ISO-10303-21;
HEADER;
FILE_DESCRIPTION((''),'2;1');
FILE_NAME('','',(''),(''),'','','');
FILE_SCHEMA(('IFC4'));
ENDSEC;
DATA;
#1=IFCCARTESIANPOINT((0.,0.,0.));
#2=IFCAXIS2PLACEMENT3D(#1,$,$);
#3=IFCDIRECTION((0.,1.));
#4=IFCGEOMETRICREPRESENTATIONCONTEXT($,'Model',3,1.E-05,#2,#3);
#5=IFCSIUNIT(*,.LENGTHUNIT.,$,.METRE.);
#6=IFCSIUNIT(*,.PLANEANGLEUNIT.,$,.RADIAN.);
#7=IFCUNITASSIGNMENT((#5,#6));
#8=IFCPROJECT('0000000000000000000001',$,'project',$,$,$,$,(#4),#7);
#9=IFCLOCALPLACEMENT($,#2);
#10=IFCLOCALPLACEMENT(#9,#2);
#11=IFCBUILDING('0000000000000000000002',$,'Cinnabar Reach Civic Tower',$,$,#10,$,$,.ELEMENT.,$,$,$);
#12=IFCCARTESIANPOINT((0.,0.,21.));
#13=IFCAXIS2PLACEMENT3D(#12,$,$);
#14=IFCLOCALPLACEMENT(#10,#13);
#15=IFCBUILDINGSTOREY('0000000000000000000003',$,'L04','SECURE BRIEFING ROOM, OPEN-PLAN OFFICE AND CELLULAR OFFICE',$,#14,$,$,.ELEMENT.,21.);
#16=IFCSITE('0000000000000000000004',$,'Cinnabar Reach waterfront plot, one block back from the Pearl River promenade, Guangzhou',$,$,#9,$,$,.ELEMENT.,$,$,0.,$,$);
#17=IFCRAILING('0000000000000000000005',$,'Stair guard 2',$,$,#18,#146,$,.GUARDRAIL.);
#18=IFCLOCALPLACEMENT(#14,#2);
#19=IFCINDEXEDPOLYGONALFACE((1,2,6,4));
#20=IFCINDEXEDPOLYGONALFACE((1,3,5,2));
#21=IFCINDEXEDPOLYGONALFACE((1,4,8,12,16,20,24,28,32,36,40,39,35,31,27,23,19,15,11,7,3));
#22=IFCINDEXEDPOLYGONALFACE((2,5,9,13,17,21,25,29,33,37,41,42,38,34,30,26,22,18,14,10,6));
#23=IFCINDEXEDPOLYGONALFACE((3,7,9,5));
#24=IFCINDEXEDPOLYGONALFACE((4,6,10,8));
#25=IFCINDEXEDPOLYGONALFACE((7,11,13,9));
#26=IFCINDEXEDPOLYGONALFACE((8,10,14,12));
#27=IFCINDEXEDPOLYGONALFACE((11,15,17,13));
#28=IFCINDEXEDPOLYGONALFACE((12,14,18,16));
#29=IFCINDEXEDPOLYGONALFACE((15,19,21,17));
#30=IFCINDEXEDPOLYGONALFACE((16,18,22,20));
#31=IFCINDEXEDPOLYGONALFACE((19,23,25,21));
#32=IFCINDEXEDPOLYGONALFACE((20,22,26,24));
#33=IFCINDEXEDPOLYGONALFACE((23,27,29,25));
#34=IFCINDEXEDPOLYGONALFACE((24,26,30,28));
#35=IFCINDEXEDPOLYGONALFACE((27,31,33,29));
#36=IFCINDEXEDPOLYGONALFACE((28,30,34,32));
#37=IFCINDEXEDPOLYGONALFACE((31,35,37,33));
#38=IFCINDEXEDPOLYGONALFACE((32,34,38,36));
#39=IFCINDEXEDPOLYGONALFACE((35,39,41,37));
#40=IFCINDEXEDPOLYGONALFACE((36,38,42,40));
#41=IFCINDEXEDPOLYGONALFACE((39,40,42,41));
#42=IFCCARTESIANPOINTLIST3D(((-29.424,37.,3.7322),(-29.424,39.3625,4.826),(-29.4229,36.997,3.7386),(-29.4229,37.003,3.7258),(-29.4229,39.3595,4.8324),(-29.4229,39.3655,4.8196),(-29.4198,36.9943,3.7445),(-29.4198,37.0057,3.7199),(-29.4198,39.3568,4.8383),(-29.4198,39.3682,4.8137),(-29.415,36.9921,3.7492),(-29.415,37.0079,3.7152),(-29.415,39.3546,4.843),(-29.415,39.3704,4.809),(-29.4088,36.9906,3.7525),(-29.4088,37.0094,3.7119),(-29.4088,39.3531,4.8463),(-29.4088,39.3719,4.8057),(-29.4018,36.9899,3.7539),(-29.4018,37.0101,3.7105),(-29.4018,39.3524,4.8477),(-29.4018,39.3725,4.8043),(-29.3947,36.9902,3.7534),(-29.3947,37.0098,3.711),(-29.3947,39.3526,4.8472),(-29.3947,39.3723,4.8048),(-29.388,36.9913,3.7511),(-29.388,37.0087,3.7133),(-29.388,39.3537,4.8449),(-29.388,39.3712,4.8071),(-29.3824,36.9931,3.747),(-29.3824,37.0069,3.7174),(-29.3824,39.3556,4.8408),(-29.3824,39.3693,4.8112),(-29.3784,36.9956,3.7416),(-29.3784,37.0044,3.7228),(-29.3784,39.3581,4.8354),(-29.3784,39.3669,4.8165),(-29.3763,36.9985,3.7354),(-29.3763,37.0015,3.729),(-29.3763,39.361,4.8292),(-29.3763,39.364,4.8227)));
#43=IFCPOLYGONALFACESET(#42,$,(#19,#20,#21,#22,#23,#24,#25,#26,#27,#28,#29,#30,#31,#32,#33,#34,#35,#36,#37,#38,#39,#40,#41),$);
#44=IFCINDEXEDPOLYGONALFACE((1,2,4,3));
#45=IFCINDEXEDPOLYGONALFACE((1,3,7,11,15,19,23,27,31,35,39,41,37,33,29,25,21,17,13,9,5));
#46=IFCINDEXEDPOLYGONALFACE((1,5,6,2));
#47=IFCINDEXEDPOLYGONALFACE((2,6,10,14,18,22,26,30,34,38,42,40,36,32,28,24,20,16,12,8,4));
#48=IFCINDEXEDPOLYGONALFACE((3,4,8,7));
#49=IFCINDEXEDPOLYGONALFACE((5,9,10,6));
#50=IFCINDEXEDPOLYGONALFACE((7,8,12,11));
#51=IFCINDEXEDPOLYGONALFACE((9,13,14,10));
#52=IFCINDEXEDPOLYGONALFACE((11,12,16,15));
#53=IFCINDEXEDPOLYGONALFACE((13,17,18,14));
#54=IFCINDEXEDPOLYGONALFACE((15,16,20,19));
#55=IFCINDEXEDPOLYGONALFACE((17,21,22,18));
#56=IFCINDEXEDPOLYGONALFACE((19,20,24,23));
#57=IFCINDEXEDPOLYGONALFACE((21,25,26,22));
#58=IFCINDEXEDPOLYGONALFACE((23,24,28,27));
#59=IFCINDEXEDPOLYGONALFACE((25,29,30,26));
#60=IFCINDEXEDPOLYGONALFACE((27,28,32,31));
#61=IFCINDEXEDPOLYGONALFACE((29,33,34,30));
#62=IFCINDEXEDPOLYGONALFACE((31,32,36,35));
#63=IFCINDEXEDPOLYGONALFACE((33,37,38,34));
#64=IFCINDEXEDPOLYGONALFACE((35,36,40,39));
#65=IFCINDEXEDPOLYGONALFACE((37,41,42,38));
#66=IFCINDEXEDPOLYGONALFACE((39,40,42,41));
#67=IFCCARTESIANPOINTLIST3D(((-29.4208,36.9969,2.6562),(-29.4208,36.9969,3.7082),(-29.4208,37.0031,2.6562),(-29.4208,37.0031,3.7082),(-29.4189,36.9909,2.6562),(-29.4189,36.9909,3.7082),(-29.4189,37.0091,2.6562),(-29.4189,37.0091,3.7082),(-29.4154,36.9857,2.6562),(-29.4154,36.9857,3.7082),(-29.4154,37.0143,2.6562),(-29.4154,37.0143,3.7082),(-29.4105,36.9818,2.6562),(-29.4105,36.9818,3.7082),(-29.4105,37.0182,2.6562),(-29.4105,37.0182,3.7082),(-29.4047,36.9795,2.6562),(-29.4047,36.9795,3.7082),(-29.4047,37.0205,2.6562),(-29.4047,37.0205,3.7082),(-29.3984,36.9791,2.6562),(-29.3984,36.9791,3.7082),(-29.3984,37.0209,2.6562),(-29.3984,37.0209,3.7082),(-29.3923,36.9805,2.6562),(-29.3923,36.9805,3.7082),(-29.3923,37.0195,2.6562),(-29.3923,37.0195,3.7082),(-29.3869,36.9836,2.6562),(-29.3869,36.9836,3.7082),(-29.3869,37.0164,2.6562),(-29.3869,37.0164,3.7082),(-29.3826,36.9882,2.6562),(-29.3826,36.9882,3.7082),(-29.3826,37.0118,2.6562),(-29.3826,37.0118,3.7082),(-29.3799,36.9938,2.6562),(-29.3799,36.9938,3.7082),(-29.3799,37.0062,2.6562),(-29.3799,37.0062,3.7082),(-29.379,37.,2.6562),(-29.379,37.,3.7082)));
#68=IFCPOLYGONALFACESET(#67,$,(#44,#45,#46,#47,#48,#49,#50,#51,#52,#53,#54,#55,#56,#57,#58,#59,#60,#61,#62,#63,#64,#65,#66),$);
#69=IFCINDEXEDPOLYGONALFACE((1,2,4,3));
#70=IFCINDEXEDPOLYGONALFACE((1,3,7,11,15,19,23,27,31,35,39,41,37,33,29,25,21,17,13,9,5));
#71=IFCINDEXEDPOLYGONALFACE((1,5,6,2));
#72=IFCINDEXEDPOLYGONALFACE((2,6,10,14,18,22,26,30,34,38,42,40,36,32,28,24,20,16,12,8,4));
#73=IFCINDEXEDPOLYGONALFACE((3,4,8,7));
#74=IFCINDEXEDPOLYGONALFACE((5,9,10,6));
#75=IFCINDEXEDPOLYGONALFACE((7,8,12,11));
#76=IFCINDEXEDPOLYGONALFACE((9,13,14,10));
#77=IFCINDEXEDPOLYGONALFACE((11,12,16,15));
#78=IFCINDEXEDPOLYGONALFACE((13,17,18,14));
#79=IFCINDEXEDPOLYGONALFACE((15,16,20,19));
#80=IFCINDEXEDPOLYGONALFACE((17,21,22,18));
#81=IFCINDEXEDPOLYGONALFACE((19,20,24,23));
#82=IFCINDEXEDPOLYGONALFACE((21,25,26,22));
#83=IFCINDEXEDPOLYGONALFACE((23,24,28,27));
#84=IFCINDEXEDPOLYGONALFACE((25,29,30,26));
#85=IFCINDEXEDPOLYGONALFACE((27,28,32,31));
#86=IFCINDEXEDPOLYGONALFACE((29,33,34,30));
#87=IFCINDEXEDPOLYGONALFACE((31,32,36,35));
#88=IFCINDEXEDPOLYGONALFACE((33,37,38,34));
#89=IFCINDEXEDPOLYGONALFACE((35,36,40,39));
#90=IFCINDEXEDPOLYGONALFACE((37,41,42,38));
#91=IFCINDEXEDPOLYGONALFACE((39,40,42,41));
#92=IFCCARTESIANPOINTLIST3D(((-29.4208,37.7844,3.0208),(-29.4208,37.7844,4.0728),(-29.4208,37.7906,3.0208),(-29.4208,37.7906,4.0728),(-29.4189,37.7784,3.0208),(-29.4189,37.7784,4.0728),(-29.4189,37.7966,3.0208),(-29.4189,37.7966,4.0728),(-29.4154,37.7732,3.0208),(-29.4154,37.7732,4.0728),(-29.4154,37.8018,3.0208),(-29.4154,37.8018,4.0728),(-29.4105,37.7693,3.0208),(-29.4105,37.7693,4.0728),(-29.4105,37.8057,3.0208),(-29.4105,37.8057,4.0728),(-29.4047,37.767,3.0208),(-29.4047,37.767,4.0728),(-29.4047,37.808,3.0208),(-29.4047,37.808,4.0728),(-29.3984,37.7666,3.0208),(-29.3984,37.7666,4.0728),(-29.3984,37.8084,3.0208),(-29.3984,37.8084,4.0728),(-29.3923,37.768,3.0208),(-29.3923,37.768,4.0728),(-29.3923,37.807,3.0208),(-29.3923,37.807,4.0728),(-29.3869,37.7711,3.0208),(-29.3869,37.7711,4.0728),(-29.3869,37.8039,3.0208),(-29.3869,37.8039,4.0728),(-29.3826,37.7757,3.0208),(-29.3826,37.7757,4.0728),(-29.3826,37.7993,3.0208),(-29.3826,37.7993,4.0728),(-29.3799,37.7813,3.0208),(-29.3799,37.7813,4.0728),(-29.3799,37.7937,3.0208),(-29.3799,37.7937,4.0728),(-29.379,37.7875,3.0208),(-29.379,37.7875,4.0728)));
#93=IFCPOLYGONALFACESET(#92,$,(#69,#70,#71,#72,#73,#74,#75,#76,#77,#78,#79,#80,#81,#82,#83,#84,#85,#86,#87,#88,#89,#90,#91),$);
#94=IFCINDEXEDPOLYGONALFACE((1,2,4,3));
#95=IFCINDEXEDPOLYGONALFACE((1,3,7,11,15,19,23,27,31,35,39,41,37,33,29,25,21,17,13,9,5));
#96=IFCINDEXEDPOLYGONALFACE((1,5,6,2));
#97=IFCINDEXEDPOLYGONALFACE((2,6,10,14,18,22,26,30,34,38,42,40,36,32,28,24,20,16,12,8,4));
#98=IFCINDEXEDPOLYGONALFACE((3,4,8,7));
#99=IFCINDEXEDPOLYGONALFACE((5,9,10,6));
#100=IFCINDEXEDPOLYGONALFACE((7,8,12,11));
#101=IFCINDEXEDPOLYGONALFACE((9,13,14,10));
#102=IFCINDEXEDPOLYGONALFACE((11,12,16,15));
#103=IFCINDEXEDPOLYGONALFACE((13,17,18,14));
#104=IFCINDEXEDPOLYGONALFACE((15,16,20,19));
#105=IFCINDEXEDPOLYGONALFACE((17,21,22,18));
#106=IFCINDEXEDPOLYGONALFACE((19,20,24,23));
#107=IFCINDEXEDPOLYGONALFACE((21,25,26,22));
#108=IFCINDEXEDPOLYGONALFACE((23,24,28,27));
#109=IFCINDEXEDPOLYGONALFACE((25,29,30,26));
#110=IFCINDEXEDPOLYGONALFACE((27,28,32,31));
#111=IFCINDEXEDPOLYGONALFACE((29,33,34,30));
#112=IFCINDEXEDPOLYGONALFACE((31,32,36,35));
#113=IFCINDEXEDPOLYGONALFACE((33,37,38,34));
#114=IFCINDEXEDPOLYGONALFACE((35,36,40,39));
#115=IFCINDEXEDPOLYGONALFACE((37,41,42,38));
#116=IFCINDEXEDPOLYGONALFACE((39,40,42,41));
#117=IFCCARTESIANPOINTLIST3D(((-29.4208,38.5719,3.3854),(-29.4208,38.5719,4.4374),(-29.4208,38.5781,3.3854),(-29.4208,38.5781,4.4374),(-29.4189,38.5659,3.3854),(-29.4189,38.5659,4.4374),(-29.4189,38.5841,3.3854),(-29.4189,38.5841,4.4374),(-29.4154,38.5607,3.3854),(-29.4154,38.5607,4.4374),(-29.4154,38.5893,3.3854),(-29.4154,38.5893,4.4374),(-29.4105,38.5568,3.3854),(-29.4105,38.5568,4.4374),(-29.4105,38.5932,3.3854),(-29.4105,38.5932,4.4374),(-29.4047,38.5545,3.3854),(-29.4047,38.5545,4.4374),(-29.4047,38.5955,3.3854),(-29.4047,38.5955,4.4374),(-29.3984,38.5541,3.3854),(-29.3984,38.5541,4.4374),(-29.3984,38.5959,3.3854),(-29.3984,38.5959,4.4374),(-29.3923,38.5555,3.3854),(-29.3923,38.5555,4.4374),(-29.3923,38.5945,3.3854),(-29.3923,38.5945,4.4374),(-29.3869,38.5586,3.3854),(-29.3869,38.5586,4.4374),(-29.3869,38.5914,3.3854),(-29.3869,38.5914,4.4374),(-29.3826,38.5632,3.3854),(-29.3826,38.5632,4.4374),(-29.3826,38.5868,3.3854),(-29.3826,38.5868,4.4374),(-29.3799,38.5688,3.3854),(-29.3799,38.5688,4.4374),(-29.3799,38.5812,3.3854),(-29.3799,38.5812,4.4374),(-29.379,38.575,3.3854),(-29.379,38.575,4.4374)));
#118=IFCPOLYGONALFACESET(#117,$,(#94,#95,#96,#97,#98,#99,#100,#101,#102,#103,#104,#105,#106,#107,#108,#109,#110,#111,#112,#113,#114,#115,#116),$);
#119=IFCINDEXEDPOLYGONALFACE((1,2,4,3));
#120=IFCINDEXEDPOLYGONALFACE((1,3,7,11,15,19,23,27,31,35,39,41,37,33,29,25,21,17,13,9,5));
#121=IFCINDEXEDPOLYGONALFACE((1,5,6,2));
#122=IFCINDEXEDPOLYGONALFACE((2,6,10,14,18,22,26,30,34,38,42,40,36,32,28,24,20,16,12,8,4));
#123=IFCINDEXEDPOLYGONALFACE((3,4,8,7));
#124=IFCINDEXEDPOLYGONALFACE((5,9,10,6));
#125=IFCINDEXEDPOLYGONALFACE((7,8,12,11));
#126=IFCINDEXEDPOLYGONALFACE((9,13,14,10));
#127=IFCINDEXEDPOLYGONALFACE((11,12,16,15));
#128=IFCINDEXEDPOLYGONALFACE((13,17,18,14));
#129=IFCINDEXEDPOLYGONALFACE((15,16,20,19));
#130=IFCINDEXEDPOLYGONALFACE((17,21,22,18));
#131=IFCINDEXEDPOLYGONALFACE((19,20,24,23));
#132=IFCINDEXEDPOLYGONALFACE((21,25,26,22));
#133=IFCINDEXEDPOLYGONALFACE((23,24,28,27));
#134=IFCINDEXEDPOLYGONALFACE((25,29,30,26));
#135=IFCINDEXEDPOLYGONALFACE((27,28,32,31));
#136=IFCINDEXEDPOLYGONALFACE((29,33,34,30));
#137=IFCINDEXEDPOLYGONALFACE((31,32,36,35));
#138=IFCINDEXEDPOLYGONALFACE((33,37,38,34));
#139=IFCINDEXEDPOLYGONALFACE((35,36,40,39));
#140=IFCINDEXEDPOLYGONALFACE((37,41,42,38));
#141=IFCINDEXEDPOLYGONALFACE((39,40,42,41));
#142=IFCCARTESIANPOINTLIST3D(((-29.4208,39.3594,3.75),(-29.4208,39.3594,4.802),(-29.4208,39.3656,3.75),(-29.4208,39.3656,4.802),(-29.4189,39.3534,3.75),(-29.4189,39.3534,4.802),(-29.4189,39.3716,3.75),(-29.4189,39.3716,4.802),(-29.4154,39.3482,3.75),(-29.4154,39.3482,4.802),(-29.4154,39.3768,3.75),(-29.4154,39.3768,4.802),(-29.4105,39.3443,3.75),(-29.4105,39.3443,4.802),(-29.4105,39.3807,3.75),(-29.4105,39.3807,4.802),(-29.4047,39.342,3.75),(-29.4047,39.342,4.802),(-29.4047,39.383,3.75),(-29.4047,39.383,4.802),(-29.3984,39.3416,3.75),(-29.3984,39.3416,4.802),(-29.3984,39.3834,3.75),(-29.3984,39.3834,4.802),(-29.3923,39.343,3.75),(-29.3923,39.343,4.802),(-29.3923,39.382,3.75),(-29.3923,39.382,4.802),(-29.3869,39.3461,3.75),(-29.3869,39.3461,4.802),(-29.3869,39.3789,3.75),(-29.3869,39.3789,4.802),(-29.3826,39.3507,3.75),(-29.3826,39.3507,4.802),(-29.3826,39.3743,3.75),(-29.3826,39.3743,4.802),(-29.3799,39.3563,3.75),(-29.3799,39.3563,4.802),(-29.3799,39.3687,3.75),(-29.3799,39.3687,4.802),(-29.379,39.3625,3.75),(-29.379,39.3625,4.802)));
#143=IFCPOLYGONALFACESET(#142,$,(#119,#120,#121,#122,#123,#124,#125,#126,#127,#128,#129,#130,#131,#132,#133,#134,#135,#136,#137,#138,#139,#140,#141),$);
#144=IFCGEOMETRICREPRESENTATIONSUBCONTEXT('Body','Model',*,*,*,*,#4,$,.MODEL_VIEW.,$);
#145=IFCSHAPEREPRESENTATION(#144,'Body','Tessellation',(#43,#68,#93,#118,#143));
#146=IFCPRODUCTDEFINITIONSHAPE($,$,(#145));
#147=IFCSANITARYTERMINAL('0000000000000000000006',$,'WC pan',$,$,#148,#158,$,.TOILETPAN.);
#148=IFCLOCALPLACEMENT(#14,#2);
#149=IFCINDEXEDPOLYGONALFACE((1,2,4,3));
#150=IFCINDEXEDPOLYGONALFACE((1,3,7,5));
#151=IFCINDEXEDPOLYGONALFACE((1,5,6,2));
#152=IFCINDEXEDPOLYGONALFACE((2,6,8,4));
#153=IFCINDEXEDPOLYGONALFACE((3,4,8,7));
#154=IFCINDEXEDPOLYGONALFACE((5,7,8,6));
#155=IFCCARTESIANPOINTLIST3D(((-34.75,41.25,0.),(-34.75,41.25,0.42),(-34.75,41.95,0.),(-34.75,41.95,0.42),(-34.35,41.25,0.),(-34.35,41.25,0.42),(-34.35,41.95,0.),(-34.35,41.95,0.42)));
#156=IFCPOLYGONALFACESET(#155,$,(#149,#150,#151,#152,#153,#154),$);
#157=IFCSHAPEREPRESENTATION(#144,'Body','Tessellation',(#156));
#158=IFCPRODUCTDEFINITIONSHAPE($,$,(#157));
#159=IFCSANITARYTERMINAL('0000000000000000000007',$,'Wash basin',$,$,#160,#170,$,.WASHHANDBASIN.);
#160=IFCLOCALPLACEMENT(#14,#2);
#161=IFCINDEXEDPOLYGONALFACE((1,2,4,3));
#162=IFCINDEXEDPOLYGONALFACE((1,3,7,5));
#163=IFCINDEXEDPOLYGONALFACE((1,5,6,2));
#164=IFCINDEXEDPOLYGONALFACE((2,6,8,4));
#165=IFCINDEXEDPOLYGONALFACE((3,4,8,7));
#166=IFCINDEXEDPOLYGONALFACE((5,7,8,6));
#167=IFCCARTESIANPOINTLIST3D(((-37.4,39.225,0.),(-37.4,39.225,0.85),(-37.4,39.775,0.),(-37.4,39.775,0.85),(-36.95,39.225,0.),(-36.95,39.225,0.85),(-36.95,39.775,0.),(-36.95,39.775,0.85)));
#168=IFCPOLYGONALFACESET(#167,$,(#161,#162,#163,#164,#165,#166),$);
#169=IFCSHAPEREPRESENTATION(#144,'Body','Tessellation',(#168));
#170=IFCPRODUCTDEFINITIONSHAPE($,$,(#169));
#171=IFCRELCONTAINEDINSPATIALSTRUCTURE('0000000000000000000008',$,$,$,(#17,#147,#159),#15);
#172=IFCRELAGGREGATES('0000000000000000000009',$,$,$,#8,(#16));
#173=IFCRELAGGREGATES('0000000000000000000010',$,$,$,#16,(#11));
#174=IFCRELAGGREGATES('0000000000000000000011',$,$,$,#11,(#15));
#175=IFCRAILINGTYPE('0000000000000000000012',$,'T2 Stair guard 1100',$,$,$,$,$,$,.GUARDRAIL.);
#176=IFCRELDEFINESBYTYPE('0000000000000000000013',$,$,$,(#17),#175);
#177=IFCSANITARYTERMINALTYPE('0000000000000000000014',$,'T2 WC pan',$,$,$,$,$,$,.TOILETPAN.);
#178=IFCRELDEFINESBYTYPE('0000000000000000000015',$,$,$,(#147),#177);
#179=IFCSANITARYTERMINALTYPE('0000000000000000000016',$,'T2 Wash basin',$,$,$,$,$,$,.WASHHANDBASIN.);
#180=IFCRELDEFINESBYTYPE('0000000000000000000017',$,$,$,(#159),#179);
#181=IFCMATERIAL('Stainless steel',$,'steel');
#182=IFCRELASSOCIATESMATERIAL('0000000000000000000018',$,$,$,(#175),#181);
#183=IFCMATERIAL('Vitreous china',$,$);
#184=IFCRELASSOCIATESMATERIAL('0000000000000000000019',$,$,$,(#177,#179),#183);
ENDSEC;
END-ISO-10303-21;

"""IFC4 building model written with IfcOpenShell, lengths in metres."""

from ifc_helpers import new_model, si_unit, direction, frame, origin, origin_2d, place, context, subcontext, project, spatial, rectangle, circle, extrude, material, type_object, element, save


model = new_model("IFC4")

# Units and contexts
model_context = context("Model", 3, precision=1e-05, world=origin(), true_north=direction((0.0, 1.0)))
body_context = subcontext(model_context, "Body", "Model", "MODEL_VIEW")
ifc_project = project(units=[si_unit("LENGTHUNIT", "METRE"), si_unit("PLANEANGLEUNIT", "RADIAN")], contexts=[model_context])

# Site, building, storey
site_placement = place(None, origin())
site = spatial("IfcSite", under=ifc_project, at=site_placement, Name="Cinnabar Reach waterfront plot, one block back from the Pearl River promenade, Guangzhou", CompositionType="ELEMENT", RefElevation=0.0)
building_placement = place(site_placement, origin())
building = spatial("IfcBuilding", under=site, at=building_placement, Name="Cinnabar Reach Civic Tower", CompositionType="ELEMENT")
storey_placement = place(building_placement, frame((0.0, 0.0, 21.0)))
storey = spatial("IfcBuildingStorey", under=building, at=storey_placement, Name="L04", Description="SECURE BRIEFING ROOM, OPEN-PLAN OFFICE AND CELLULAR OFFICE", CompositionType="ELEMENT", Elevation=21.0)

# Railing
ifc_material_1 = material(Name="Stainless steel", Category="steel")
railing_type = type_object("IfcRailingType", Name="T2 Stair guard 1100", PredefinedType="GUARDRAIL", material=ifc_material_1)
railing_1_placement = place(storey_placement, frame((-29.4, 37.0, 2.6562)))
element("IfcRailing", 1, at=railing_1_placement, inside=storey, type_object=railing_type, Name="Stair guard 2", PredefinedType="GUARDRAIL", context=body_context, shape_type="SweptSolid", body=[
    extrude(circle(Radius=0.024, at=origin_2d()), frame((0.0, 0.0, 1.076), z_axis=(0.0, 0.90746, 0.420139), x_axis=(-1.0, 0.0, 0.0)), (0.0, 0.0, 1.0), 2.6034),
    extrude(circle(Radius=0.021, at=origin_2d()), origin(), (0.0, 0.0, 1.0), 1.052),
    extrude(circle(Radius=0.021, at=origin_2d()), frame((0.0, 0.7875, 0.3646)), (0.0, 0.0, 1.0), 1.052),
    extrude(circle(Radius=0.021, at=origin_2d()), frame((0.0, 1.575, 0.7292)), (0.0, 0.0, 1.0), 1.052),
    extrude(circle(Radius=0.021, at=origin_2d()), frame((0.0, 2.3625, 1.0938)), (0.0, 0.0, 1.0), 1.052),
])

# Sanitary terminals
ifc_material_2 = material(Name="Vitreous china")
sanitary_terminal_type_1 = type_object("IfcSanitaryTerminalType", Name="T2 WC pan", PredefinedType="TOILETPAN", material=ifc_material_2)
sanitary_terminal_1_placement = place(storey_placement, frame((-34.55, 41.6, 0.0), z_axis=(0.0, 0.0, 1.0), x_axis=(1.0, 0.0, 0.0)))
element("IfcSanitaryTerminal", 2, at=sanitary_terminal_1_placement, inside=storey, type_object=sanitary_terminal_type_1, Name="WC pan", PredefinedType="TOILETPAN", context=body_context, shape_type="SweptSolid", body=[
    extrude(rectangle(XDim=0.4, YDim=0.7, at=origin_2d()), origin(), (0.0, 0.0, 1.0), 0.42),
])
sanitary_terminal_type_2 = type_object("IfcSanitaryTerminalType", Name="T2 Wash basin", PredefinedType="WASHHANDBASIN", material=ifc_material_2)
sanitary_terminal_2_placement = place(storey_placement, frame((-37.175, 39.5, 0.0), z_axis=(0.0, 0.0, 1.0), x_axis=(1.0, 0.0, 0.0)))
element("IfcSanitaryTerminal", 3, at=sanitary_terminal_2_placement, inside=storey, type_object=sanitary_terminal_type_2, Name="Wash basin", PredefinedType="WASHHANDBASIN", context=body_context, shape_type="SweptSolid", body=[
    extrude(rectangle(XDim=0.45, YDim=0.55, at=origin_2d()), origin(), (0.0, 0.0, 1.0), 0.85),
])

save(model, "model.ifc")
